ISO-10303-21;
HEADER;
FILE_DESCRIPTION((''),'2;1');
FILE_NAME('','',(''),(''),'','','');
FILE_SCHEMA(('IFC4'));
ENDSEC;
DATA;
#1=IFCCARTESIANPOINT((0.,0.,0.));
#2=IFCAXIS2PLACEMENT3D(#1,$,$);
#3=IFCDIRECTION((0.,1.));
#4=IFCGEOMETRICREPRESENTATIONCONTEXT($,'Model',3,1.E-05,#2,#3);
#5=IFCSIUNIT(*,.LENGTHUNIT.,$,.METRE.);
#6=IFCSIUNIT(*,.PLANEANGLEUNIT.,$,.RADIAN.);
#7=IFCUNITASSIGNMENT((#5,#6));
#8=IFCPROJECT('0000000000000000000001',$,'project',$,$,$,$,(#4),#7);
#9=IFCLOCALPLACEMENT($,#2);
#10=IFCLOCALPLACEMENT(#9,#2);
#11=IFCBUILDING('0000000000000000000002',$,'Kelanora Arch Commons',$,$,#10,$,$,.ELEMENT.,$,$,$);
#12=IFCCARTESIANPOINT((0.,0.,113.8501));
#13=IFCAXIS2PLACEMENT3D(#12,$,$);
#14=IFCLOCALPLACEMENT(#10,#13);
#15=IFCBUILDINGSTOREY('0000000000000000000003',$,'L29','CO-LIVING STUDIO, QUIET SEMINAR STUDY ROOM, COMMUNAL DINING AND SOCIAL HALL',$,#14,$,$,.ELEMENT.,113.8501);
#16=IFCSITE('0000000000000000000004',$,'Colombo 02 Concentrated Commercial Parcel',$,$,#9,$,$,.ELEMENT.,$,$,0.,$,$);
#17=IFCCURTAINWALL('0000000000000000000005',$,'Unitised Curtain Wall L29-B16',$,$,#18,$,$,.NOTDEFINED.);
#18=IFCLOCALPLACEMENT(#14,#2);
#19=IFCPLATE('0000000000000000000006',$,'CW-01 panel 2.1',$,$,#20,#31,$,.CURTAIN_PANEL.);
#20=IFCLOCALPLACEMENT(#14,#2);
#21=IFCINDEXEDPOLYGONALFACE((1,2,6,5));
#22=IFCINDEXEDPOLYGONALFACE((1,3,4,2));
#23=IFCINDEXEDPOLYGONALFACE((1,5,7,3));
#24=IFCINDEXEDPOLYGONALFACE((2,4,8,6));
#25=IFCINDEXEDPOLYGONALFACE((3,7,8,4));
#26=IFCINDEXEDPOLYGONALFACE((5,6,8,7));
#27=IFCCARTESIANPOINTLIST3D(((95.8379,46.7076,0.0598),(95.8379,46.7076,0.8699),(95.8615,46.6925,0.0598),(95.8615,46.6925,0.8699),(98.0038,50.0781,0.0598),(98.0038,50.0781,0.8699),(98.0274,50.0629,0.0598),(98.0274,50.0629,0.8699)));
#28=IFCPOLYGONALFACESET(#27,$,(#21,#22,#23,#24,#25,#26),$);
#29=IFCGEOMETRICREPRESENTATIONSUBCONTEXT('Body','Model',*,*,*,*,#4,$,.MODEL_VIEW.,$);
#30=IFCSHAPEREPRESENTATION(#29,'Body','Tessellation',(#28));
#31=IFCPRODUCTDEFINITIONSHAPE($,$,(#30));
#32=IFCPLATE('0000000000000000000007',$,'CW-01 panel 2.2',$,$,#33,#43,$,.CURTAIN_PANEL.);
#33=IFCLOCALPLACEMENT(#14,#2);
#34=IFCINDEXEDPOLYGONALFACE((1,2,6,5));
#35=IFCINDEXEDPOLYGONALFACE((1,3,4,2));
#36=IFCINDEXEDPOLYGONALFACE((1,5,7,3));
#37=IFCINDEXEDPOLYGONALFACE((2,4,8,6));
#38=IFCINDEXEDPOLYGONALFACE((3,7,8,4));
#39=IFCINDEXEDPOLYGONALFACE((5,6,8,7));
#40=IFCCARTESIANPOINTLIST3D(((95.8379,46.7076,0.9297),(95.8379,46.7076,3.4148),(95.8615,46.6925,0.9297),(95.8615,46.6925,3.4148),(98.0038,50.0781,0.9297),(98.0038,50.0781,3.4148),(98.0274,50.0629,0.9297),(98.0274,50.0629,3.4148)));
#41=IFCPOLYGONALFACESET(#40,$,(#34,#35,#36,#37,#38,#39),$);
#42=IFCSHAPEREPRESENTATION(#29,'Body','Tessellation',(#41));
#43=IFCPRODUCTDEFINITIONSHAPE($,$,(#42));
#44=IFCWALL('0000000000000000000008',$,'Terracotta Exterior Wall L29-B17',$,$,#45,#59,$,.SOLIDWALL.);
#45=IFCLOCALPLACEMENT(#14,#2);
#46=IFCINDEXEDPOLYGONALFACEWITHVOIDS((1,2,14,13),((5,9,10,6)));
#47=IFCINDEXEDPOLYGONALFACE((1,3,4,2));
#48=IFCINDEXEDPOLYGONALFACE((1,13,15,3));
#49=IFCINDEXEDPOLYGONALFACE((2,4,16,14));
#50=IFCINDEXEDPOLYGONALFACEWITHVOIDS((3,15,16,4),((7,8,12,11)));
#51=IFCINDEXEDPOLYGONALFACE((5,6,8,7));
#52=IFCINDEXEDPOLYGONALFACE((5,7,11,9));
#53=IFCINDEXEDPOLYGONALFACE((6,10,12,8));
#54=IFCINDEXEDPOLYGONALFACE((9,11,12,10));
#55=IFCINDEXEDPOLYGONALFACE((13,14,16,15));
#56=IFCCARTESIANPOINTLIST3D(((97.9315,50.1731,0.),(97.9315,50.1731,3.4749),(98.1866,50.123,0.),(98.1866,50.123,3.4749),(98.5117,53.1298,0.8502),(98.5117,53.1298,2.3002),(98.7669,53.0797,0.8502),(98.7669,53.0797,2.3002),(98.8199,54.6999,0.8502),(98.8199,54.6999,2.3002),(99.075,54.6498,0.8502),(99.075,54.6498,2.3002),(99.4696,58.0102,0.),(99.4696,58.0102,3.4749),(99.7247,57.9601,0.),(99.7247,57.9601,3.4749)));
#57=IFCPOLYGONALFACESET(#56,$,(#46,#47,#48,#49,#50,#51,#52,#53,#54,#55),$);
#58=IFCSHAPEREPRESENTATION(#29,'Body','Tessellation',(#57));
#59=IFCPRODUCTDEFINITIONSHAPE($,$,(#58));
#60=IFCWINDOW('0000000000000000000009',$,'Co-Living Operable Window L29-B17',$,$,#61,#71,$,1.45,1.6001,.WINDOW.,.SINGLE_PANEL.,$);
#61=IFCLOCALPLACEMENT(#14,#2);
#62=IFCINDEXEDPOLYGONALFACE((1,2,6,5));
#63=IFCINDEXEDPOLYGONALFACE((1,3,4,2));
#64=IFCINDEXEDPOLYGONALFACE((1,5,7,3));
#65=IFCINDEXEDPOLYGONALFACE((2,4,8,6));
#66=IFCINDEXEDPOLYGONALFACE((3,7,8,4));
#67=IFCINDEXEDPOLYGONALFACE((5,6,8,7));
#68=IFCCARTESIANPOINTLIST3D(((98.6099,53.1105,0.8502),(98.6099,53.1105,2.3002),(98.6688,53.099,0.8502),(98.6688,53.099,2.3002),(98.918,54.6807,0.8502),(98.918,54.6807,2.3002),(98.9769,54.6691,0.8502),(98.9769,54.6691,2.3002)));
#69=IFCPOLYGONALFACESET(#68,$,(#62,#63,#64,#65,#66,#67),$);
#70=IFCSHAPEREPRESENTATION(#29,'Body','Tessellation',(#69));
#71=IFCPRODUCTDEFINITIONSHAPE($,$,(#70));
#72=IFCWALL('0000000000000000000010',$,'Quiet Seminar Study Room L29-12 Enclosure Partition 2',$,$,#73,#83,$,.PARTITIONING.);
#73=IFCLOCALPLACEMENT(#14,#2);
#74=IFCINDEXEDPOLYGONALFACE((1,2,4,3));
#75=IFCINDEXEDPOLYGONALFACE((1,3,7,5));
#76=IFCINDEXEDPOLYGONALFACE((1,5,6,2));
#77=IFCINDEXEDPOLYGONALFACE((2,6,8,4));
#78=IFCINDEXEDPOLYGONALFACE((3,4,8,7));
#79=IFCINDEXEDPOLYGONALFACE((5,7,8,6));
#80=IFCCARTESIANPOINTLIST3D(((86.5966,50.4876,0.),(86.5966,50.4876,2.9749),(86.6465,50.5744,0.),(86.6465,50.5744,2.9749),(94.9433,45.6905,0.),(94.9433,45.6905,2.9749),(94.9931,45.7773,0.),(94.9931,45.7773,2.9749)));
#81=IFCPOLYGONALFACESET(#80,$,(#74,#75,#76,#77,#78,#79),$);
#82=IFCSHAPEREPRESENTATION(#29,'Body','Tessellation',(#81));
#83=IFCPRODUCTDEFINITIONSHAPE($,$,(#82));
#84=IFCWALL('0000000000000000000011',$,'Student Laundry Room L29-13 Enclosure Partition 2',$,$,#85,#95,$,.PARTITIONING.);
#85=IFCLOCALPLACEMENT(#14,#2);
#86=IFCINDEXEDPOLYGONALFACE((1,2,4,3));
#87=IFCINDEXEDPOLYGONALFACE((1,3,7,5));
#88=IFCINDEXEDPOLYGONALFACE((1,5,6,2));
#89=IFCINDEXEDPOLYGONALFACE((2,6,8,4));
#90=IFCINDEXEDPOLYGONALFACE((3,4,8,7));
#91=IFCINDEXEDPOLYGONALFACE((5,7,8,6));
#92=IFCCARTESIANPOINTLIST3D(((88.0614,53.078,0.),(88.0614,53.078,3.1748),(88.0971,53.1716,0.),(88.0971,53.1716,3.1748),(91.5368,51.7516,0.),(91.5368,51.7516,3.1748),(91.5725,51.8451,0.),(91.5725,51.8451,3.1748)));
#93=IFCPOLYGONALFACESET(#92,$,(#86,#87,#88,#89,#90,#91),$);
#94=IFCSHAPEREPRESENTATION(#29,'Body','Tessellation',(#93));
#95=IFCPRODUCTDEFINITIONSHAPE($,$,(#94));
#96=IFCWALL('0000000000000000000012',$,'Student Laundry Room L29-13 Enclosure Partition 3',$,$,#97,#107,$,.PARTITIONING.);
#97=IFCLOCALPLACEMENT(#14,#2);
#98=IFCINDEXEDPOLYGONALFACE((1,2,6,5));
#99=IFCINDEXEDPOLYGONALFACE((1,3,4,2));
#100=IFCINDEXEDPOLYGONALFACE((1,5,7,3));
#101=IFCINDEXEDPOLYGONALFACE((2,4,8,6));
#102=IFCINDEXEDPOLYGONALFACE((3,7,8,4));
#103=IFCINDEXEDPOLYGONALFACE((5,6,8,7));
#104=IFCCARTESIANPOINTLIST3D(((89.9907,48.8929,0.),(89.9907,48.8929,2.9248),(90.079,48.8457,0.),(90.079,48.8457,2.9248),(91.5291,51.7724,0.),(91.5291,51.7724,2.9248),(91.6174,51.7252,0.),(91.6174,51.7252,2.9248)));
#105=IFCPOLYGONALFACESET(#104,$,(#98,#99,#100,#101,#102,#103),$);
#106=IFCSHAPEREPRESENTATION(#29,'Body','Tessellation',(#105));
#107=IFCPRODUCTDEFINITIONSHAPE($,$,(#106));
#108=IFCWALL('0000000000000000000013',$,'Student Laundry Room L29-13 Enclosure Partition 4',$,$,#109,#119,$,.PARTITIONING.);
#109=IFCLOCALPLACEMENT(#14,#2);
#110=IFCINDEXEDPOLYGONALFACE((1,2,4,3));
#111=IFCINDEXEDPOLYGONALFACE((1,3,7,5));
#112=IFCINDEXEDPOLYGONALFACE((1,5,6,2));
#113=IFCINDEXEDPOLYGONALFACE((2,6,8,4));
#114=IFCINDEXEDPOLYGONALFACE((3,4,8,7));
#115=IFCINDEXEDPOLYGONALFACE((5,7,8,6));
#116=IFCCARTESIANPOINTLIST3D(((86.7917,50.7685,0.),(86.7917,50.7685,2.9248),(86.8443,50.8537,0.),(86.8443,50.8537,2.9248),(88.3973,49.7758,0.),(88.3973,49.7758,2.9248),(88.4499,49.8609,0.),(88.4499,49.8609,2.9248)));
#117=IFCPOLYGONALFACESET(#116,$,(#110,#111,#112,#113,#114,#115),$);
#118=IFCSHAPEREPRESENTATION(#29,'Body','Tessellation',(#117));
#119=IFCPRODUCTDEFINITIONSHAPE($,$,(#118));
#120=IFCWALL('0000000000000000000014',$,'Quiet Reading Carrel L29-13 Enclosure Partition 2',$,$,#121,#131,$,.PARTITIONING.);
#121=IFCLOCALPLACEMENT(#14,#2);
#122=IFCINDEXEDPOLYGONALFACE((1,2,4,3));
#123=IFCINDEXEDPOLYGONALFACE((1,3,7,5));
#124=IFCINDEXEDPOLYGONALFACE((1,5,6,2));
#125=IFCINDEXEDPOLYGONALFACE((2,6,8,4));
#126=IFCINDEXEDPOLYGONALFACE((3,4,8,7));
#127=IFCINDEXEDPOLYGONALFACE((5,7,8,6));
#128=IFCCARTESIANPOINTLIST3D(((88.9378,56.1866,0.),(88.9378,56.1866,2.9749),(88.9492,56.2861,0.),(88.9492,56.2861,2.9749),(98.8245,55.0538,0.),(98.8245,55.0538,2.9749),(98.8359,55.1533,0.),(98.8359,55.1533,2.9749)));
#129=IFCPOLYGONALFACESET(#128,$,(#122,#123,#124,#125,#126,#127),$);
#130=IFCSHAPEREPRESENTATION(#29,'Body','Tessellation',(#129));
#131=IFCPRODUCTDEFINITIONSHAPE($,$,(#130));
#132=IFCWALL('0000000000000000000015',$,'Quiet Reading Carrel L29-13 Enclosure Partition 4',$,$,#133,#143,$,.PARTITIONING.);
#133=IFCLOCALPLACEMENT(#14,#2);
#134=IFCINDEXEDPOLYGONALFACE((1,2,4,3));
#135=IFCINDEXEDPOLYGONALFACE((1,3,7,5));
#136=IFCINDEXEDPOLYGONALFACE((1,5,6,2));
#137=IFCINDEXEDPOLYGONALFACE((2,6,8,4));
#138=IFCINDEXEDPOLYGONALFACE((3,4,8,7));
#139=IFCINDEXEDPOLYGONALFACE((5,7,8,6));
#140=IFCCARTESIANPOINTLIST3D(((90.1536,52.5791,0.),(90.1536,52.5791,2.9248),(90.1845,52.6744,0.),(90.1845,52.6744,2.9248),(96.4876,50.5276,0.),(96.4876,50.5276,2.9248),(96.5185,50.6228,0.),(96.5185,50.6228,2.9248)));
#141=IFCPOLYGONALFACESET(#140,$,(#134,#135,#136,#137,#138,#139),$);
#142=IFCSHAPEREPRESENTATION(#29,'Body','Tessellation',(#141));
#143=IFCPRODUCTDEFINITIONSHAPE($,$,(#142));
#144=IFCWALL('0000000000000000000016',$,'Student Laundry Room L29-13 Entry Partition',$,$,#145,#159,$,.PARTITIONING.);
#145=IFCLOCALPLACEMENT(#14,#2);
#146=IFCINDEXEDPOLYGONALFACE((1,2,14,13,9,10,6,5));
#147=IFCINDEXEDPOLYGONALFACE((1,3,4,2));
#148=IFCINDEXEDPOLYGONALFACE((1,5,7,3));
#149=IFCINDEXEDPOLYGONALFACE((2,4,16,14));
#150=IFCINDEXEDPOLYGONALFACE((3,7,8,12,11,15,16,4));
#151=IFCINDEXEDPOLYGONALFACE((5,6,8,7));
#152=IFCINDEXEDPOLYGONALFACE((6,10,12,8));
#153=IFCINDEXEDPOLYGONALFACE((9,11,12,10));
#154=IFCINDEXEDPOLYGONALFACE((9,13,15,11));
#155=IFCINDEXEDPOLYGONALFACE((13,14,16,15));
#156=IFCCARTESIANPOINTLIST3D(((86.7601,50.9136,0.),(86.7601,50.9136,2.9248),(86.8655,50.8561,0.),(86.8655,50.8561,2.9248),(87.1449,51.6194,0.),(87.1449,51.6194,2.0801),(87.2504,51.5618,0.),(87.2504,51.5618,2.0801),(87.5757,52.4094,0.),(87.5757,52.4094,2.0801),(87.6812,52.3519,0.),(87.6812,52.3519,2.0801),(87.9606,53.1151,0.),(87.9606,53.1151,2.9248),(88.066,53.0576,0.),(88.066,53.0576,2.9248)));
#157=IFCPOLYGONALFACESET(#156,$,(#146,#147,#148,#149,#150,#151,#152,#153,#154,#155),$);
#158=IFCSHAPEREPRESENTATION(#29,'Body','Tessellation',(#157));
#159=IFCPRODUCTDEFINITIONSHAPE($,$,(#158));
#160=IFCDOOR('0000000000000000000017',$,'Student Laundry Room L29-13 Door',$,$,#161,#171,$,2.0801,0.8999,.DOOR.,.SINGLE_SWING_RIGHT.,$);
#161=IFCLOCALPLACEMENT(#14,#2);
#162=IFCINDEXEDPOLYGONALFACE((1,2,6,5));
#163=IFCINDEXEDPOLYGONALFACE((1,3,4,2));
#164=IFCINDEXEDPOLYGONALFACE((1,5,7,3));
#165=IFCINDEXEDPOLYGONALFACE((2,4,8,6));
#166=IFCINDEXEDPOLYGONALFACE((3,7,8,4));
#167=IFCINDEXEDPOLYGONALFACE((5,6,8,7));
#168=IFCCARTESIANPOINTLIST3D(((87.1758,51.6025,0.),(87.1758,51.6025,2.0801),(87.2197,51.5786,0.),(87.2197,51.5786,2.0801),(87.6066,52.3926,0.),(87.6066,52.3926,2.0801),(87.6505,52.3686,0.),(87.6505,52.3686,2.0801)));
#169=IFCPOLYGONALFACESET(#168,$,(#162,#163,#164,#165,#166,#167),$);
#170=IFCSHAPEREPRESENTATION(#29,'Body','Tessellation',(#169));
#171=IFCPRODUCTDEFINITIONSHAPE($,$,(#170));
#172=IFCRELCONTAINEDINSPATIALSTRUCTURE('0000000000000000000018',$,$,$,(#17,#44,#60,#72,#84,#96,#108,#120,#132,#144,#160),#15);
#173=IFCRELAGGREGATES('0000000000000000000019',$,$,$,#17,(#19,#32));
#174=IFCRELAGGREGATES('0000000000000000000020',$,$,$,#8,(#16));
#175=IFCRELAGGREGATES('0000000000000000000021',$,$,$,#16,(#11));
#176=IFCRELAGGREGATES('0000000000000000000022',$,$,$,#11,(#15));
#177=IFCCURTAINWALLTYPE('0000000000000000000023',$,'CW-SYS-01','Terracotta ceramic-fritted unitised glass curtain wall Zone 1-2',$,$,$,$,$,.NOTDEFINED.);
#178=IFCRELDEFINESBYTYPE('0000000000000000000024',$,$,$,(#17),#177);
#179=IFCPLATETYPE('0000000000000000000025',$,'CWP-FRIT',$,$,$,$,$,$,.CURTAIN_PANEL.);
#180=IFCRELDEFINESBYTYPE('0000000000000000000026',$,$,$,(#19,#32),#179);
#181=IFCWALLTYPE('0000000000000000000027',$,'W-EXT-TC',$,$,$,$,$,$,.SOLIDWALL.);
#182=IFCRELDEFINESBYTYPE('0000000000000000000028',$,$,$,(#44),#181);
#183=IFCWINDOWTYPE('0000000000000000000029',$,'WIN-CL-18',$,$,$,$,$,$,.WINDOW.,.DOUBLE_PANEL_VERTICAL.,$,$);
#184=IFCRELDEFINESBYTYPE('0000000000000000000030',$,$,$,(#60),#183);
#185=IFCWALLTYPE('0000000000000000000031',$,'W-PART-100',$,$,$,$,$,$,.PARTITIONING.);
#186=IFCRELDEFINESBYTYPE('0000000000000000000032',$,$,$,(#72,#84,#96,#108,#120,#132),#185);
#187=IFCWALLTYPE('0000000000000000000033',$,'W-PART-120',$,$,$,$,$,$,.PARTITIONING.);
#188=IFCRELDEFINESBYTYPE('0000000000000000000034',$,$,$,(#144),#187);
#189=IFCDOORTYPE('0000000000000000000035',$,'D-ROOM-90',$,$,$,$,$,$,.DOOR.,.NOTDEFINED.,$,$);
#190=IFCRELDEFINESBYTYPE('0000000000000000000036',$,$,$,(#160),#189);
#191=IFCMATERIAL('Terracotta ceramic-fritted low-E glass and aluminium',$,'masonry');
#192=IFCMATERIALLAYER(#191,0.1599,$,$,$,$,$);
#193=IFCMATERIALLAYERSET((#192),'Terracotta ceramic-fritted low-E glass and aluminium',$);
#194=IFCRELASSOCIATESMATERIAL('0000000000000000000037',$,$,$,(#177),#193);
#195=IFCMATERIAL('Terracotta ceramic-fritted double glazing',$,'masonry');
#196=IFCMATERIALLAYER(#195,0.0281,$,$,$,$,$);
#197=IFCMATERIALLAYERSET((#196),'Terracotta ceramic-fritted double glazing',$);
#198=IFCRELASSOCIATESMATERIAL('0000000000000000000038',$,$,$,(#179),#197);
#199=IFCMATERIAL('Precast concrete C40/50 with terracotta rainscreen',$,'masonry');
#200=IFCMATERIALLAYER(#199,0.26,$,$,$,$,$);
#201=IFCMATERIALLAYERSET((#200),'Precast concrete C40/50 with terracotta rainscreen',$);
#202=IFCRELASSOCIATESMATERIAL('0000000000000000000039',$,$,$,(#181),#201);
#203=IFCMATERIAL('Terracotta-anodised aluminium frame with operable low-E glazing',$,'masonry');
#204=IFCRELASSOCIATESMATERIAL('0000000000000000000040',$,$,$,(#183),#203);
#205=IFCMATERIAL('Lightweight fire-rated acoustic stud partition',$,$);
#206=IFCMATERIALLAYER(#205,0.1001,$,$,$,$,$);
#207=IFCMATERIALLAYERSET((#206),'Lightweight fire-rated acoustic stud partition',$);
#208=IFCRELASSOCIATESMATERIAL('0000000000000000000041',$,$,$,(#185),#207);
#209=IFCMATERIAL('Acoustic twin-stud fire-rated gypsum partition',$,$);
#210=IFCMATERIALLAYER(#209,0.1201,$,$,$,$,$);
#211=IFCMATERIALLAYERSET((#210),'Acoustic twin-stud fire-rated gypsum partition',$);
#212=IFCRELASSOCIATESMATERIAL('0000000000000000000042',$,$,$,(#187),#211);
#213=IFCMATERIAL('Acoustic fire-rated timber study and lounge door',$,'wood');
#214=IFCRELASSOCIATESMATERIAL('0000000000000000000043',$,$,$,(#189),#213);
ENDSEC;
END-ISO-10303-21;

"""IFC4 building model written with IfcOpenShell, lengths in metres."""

from ifc_helpers import new_model, si_unit, direction, frame, frame_2d, origin, origin_2d, place, context, subcontext, project, spatial, rectangle, extrude, source, transform, mapped, material, layer, layer_set, type_object, element, fill, aggregate, save


model = new_model("IFC4")

# Units and contexts
model_context = context("Model", 3, precision=1e-05, world=origin(), true_north=direction((0.0, 1.0)))
body_context = subcontext(model_context, "Body", "Model", "MODEL_VIEW")
ifc_project = project(units=[si_unit("LENGTHUNIT", "METRE"), si_unit("PLANEANGLEUNIT", "RADIAN")], contexts=[model_context])

# Site, building, storey
site_placement = place(None, origin())
site = spatial("IfcSite", under=ifc_project, at=site_placement, Name="Colombo 02 Concentrated Commercial Parcel", CompositionType="ELEMENT", RefElevation=0.0)
building_placement = place(site_placement, origin())
building = spatial("IfcBuilding", under=site, at=building_placement, Name="Kelanora Arch Commons", CompositionType="ELEMENT")
storey_placement = place(building_placement, frame((0.0, 0.0, 113.8501)))
storey = spatial("IfcBuildingStorey", under=building, at=storey_placement, Name="L29", Description="CO-LIVING STUDIO, QUIET SEMINAR STUDY ROOM, COMMUNAL DINING AND SOCIAL HALL", CompositionType="ELEMENT", Elevation=113.8501)

# Shared definitions
ifc_material_1 = material(Name="Terracotta ceramic-fritted low-E glass and aluminium", Category="masonry")
ifc_layer_1 = layer(ifc_material_1, 0.1599)
ifc_layer_set_1 = layer_set([ifc_layer_1], Name="Terracotta ceramic-fritted low-E glass and aluminium")
curtain_wall_type = type_object("IfcCurtainWallType", Name="CW-SYS-01", Description="Terracotta ceramic-fritted unitised glass curtain wall Zone 1-2", PredefinedType="NOTDEFINED", material=ifc_layer_set_1)

# Curtain wall, plates
curtain_wall_1_placement = place(storey_placement, origin())
curtain_wall_1 = element("IfcCurtainWall", 1, at=curtain_wall_1_placement, inside=storey, type_object=curtain_wall_type, Name="Unitised Curtain Wall L29-B16", PredefinedType="NOTDEFINED")
ifc_material_2 = material(Name="Terracotta ceramic-fritted double glazing", Category="masonry")
ifc_layer_2 = layer(ifc_material_2, 0.0281)
ifc_layer_set_2 = layer_set([ifc_layer_2], Name="Terracotta ceramic-fritted double glazing")
plate_type = type_object("IfcPlateType", Name="CWP-FRIT", PredefinedType="CURTAIN_PANEL", material=ifc_layer_set_2)
shared_shape_1 = source(origin(), body_context, "Body", "SweptSolid", [
    extrude(rectangle(XDim=4.0063, YDim=0.0281, at=origin_2d()), origin(), (0.0, 0.0, 1.0), 0.8101),
])
plate_1_placement = place(storey_placement, frame((96.9326, 48.3853, 0.0598), z_axis=(0.0, 0.0, 1.0), x_axis=(0.540617, 0.841269, 0.0)))
plate_1 = element("IfcPlate", 2, at=plate_1_placement, type_object=plate_type, Name="CW-01 panel 2.1", PredefinedType="CURTAIN_PANEL", context=body_context, shape_type="MappedRepresentation", body=[
    mapped(shared_shape_1, transform((0.0, 0.0, 0.0), scale=1.0)),
])
shared_shape_2 = source(origin(), body_context, "Body", "SweptSolid", [
    extrude(rectangle(XDim=4.0063, YDim=0.0281, at=origin_2d()), origin(), (0.0, 0.0, 1.0), 2.4851),
])
plate_2_placement = place(storey_placement, frame((96.9326, 48.3853, 0.9297), z_axis=(0.0, 0.0, 1.0), x_axis=(0.540617, 0.841269, 0.0)))
plate_2 = element("IfcPlate", 3, at=plate_2_placement, type_object=plate_type, Name="CW-01 panel 2.2", PredefinedType="CURTAIN_PANEL", context=body_context, shape_type="MappedRepresentation", body=[
    mapped(shared_shape_2, transform((0.0, 0.0, 0.0), scale=1.0)),
])
aggregate(curtain_wall_1, [plate_1, plate_2])

# Wall, opening, window
ifc_material_3 = material(Name="Precast concrete C40/50 with terracotta rainscreen", Category="masonry")
ifc_layer_3 = layer(ifc_material_3, 0.26)
ifc_layer_set_3 = layer_set([ifc_layer_3], Name="Precast concrete C40/50 with terracotta rainscreen")
wall_type_1 = type_object("IfcWallType", Name="W-EXT-TC", PredefinedType="SOLIDWALL", material=ifc_layer_set_3)
wall_1_placement = place(storey_placement, frame((98.0591, 50.1482, 0.0), z_axis=(0.0, 0.0, 1.0), x_axis=(0.192582, 0.981281, 0.0)))
wall_1 = element("IfcWall", 4, at=wall_1_placement, inside=storey, type_object=wall_type_1, Name="Terracotta Exterior Wall L29-B17", PredefinedType="SOLIDWALL", context=body_context, shape_type="SweptSolid", body=[
    extrude(rectangle(XDim=7.9866, YDim=0.26, at=frame_2d((3.9932, 0.0))), origin(), (0.0, 0.0, 1.0), 3.4749),
])
opening_1_placement = place(wall_1_placement, frame((3.0129, 0.0, 0.8501)))
opening_1 = element("IfcOpeningElement", 5, at=opening_1_placement, cuts=wall_1, PredefinedType="OPENING", context=body_context, shape_type="SweptSolid", body=[
    extrude(rectangle(XDim=1.6001, YDim=1.45, at=frame_2d((0.8, 0.7251))), frame((0.0, 0.1401, 0.0), z_axis=(0.0, -1.0, 0.0), x_axis=(1.0, 0.0, 0.0)), (0.0, 0.0, 1.0), 0.28),
])
ifc_material_4 = material(Name="Terracotta-anodised aluminium frame with operable low-E glazing", Category="masonry")
window_type = type_object("IfcWindowType", Name="WIN-CL-18", PartitioningType="DOUBLE_PANEL_VERTICAL", PredefinedType="WINDOW", material=ifc_material_4)
window_placement = place(opening_1_placement, origin())
window = element("IfcWindow", 6, at=window_placement, inside=storey, type_object=window_type, Name="Co-Living Operable Window L29-B17", OverallHeight=1.45, OverallWidth=1.6001, PartitioningType="SINGLE_PANEL", PredefinedType="WINDOW", context=body_context, shape_type="SweptSolid", body=[
    extrude(rectangle(XDim=1.6001, YDim=1.45, at=frame_2d((0.8, 0.7251))), frame((0.0, 0.03, 0.0), z_axis=(0.0, -1.0, 0.0), x_axis=(1.0, 0.0, 0.0)), (0.0, 0.0, 1.0), 0.0601),
])
fill(opening_1, window)

# Walls
ifc_material_5 = material(Name="Lightweight fire-rated acoustic stud partition")
ifc_layer_4 = layer(ifc_material_5, 0.1001)
ifc_layer_set_4 = layer_set([ifc_layer_4], Name="Lightweight fire-rated acoustic stud partition")
wall_type_2 = type_object("IfcWallType", Name="W-PART-100", PredefinedType="PARTITIONING", material=ifc_layer_set_4)
wall_2_placement = place(storey_placement, frame((86.6216, 50.531, 0.0), z_axis=(0.0, 0.0, 1.0), x_axis=(0.867006, -0.498298, 0.0)))
element("IfcWall", 7, at=wall_2_placement, inside=storey, type_object=wall_type_2, Name="Quiet Seminar Study Room L29-12 Enclosure Partition 2", PredefinedType="PARTITIONING", context=body_context, shape_type="SweptSolid", body=[
    extrude(rectangle(XDim=9.627, YDim=0.1001, at=frame_2d((4.8135, 0.0))), origin(), (0.0, 0.0, 1.0), 2.9749),
])
wall_3_placement = place(storey_placement, frame((88.0793, 53.1248, 0.0), z_axis=(0.0, 0.0, 1.0), x_axis=(0.934266, -0.356577, 0.0)))
element("IfcWall", 8, at=wall_3_placement, inside=storey, type_object=wall_type_2, Name="Student Laundry Room L29-13 Enclosure Partition 2", PredefinedType="PARTITIONING", context=body_context, shape_type="SweptSolid", body=[
    extrude(rectangle(XDim=3.72, YDim=0.1001, at=frame_2d((1.8599, 0.0))), origin(), (0.0, 0.0, 1.0), 3.1748),
])
wall_4_placement = place(storey_placement, frame((91.5732, 51.7488, 0.0), z_axis=(0.0, 0.0, 1.0), x_axis=(-0.471221, -0.882015, 0.0)))
element("IfcWall", 9, at=wall_4_placement, inside=storey, type_object=wall_type_2, Name="Student Laundry Room L29-13 Enclosure Partition 3", PredefinedType="PARTITIONING", context=body_context, shape_type="SweptSolid", body=[
    extrude(rectangle(XDim=3.2646, YDim=0.1001, at=frame_2d((1.6323, 0.0))), origin(), (0.0, 0.0, 1.0), 2.9248),
])
wall_5_placement = place(storey_placement, frame((88.4236, 49.8184, 0.0), z_axis=(0.0, 0.0, 1.0), x_axis=(-0.850546, 0.5259, 0.0)))
element("IfcWall", 10, at=wall_5_placement, inside=storey, type_object=wall_type_2, Name="Student Laundry Room L29-13 Enclosure Partition 4", PredefinedType="PARTITIONING", context=body_context, shape_type="SweptSolid", body=[
    extrude(rectangle(XDim=1.8877, YDim=0.1001, at=frame_2d((0.9438, 0.0))), origin(), (0.0, 0.0, 1.0), 2.9248),
])
wall_6_placement = place(storey_placement, frame((88.9436, 56.2363, 0.0), z_axis=(0.0, 0.0, 1.0), x_axis=(0.9935, -0.113834, 0.0)))
element("IfcWall", 11, at=wall_6_placement, inside=storey, type_object=wall_type_2, Name="Quiet Reading Carrel L29-13 Enclosure Partition 2", PredefinedType="PARTITIONING", context=body_context, shape_type="SweptSolid", body=[
    extrude(rectangle(XDim=9.9514, YDim=0.1001, at=frame_2d((4.9756, 0.0))), origin(), (0.0, 0.0, 1.0), 2.9749),
])
wall_7_placement = place(storey_placement, frame((96.5032, 50.5752, 0.0), z_axis=(0.0, 0.0, 1.0), x_axis=(-0.951344, 0.308131, 0.0)))
element("IfcWall", 12, at=wall_7_placement, inside=storey, type_object=wall_type_2, Name="Quiet Reading Carrel L29-13 Enclosure Partition 4", PredefinedType="PARTITIONING", context=body_context, shape_type="SweptSolid", body=[
    extrude(rectangle(XDim=6.658, YDim=0.1001, at=frame_2d((3.3291, 0.0))), origin(), (0.0, 0.0, 1.0), 2.9248),
])

# Wall, opening, door
ifc_material_6 = material(Name="Acoustic twin-stud fire-rated gypsum partition")
ifc_layer_5 = layer(ifc_material_6, 0.1201)
ifc_layer_set_5 = layer_set([ifc_layer_5], Name="Acoustic twin-stud fire-rated gypsum partition")
wall_type_3 = type_object("IfcWallType", Name="W-PART-120", PredefinedType="PARTITIONING", material=ifc_layer_set_5)
wall_8_placement = place(storey_placement, frame((86.8127, 50.8848, 0.0), z_axis=(0.0, 0.0, 1.0), x_axis=(0.47875, 0.877951, 0.0)))
wall_8 = element("IfcWall", 13, at=wall_8_placement, inside=storey, type_object=wall_type_3, Name="Student Laundry Room L29-13 Entry Partition", PredefinedType="PARTITIONING", context=body_context, shape_type="SweptSolid", body=[
    extrude(rectangle(XDim=2.5076, YDim=0.1201, at=frame_2d((1.2539, 0.0))), origin(), (0.0, 0.0, 1.0), 2.9248),
])
opening_2_placement = place(wall_8_placement, frame((0.804, 0.0, 0.0)))
opening_2 = element("IfcOpeningElement", 14, at=opening_2_placement, cuts=wall_8, PredefinedType="OPENING", context=body_context, shape_type="SweptSolid", body=[
    extrude(rectangle(XDim=0.8999, YDim=2.0801, at=frame_2d((0.45, 1.04))), frame((0.0, 0.0701, 0.0), z_axis=(0.0, -1.0, 0.0), x_axis=(1.0, 0.0, 0.0)), (0.0, 0.0, 1.0), 0.1401),
])
ifc_material_7 = material(Name="Acoustic fire-rated timber study and lounge door", Category="wood")
door_type_1 = type_object("IfcDoorType", Name="D-ROOM-90", OperationType="NOTDEFINED", PredefinedType="DOOR", material=ifc_material_7)
door_1_placement = place(opening_2_placement, origin())
door_1 = element("IfcDoor", 15, at=door_1_placement, inside=storey, type_object=door_type_1, Name="Student Laundry Room L29-13 Door", OperationType="SINGLE_SWING_RIGHT", OverallHeight=2.0801, OverallWidth=0.8999, PredefinedType="DOOR", context=body_context, shape_type="SweptSolid", body=[
    extrude(rectangle(XDim=0.8999, YDim=2.0801, at=frame_2d((0.45, 1.04))), frame((0.0, 0.0249, 0.0), z_axis=(0.0, -1.0, 0.0), x_axis=(1.0, 0.0, 0.0)), (0.0, 0.0, 1.0), 0.05),
])
fill(opening_2, door_1)

save(model, "model.ifc")
